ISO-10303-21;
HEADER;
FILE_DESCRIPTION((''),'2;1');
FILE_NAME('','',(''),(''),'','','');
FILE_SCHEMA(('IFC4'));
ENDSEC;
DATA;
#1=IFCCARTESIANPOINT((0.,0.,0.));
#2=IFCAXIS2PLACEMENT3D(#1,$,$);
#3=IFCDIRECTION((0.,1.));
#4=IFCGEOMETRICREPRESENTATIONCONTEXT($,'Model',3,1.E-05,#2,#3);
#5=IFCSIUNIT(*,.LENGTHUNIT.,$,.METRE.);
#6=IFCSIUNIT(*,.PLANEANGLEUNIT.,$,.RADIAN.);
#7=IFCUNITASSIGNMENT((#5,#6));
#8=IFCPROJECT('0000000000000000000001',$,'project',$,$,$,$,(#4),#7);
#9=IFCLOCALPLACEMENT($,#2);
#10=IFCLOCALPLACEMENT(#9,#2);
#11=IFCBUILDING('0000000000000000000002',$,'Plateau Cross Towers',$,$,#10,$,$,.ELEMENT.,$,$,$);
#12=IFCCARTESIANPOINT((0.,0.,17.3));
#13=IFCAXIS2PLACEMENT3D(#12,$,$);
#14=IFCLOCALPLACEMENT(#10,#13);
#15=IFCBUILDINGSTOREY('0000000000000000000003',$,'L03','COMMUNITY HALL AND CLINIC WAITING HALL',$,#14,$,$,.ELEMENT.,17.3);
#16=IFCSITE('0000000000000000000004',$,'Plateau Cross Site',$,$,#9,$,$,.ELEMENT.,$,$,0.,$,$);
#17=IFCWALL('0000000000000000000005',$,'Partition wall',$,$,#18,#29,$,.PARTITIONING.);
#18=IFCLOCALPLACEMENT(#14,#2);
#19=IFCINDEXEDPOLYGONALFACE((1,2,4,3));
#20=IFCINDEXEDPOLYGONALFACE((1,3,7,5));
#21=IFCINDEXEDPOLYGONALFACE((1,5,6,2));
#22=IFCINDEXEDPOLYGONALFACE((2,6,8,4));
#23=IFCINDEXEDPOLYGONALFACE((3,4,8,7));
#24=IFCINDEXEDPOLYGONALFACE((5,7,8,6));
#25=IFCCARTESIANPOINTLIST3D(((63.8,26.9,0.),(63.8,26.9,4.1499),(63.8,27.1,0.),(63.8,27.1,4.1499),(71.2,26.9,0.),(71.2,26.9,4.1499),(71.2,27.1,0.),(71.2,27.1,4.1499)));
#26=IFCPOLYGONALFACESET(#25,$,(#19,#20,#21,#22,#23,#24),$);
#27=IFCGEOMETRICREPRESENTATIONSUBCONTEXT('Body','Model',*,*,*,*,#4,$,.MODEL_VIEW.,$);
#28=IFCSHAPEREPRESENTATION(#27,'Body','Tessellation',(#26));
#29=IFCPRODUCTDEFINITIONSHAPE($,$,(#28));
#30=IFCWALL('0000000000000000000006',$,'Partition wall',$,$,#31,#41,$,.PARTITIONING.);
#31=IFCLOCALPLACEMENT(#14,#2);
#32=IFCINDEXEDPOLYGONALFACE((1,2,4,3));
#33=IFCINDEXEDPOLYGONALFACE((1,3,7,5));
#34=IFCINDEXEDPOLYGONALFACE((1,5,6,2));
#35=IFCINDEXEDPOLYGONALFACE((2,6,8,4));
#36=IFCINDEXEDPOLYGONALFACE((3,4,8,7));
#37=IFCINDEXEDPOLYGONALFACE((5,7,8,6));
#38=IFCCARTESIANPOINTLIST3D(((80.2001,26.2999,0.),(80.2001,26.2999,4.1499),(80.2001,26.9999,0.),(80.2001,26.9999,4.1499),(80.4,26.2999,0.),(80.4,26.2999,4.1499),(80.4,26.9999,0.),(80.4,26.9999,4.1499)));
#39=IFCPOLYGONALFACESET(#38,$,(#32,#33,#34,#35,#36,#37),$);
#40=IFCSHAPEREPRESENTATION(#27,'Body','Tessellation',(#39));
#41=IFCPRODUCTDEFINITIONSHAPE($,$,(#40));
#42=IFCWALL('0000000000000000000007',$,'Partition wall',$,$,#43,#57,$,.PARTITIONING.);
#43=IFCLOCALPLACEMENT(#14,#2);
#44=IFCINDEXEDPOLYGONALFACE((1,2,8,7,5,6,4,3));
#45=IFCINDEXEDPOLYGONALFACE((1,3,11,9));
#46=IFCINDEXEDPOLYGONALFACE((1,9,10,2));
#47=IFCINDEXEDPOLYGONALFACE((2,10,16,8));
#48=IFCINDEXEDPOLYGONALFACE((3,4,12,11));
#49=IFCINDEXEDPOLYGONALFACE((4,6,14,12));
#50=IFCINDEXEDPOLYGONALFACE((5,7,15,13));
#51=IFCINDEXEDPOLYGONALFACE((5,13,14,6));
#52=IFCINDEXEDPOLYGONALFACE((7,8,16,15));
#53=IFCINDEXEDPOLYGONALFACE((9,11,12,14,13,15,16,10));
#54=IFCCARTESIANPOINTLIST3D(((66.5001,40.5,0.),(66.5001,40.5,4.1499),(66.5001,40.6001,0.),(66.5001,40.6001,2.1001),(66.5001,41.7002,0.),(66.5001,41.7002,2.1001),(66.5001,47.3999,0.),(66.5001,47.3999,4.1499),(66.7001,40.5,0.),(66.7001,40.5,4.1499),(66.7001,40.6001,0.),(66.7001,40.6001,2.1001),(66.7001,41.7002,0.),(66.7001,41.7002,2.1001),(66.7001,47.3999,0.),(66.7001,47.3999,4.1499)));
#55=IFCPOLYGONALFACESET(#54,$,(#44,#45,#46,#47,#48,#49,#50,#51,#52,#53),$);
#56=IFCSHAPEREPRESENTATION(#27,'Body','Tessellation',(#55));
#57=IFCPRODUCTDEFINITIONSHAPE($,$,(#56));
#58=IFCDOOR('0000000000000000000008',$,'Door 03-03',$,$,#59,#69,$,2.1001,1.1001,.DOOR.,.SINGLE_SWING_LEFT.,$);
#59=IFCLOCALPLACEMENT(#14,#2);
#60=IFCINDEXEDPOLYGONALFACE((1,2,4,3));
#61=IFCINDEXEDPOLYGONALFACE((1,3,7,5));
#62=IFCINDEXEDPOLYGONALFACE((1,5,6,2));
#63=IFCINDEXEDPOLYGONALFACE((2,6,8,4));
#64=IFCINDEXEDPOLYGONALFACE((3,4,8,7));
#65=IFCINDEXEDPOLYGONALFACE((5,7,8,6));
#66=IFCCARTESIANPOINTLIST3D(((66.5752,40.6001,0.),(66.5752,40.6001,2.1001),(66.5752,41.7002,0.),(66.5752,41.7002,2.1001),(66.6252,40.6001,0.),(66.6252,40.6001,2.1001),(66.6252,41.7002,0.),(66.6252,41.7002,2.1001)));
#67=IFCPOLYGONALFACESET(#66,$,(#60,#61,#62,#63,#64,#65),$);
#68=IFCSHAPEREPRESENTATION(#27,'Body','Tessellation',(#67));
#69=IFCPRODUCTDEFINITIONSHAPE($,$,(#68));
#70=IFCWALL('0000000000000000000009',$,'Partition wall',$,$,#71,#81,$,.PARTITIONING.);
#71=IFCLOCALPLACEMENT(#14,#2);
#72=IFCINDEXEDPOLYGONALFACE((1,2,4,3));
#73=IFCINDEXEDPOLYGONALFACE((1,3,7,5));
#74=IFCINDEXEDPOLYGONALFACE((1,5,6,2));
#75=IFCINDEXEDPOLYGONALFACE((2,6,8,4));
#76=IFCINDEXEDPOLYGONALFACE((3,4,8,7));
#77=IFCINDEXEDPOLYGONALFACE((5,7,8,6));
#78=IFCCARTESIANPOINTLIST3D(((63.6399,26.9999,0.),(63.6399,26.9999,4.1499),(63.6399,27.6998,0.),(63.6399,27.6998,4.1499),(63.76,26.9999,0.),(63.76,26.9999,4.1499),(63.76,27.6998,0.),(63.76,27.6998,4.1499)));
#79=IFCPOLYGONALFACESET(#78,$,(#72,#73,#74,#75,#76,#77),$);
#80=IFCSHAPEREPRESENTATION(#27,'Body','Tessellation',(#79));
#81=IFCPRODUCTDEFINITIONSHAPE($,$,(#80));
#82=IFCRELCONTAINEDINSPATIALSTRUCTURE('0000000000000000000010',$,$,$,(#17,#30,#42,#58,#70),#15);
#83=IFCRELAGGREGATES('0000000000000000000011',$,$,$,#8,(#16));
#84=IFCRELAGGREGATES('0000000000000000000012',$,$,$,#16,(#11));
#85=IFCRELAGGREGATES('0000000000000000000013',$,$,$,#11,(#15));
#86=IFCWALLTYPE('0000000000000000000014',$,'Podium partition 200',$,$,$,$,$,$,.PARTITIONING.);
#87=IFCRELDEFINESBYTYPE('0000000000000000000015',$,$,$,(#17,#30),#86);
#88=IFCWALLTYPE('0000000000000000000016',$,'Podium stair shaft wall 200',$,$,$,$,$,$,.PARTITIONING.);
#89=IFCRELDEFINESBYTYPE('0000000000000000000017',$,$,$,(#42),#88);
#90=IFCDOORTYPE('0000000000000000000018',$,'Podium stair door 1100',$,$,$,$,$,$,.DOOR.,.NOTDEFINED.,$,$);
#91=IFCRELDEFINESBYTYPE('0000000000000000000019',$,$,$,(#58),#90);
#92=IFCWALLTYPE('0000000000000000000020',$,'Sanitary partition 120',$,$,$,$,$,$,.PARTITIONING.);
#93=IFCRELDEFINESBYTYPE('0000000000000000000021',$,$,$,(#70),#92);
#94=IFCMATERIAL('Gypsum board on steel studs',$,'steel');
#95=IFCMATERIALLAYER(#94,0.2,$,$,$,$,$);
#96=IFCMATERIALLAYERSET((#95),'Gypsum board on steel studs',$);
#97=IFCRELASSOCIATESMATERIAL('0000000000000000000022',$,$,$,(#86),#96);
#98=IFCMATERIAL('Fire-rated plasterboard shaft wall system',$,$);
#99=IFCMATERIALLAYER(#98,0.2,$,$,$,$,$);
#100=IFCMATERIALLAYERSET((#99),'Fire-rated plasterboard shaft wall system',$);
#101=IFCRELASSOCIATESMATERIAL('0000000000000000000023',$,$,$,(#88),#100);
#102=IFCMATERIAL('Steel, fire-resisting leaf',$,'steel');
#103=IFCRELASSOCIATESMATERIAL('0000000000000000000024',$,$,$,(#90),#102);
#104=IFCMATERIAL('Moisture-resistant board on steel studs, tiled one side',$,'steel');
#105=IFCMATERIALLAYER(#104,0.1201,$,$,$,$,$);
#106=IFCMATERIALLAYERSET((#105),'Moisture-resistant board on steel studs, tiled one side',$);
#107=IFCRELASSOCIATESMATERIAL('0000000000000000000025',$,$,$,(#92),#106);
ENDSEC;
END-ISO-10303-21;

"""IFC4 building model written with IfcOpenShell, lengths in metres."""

from ifc_helpers import new_model, si_unit, direction, frame, frame_2d, origin, place, context, subcontext, project, spatial, rectangle, extrude, material, layer, layer_set, type_object, element, fill, save


model = new_model("IFC4")

# Units and contexts
model_context = context("Model", 3, precision=1e-05, world=origin(), true_north=direction((0.0, 1.0)))
body_context = subcontext(model_context, "Body", "Model", "MODEL_VIEW")
ifc_project = project(units=[si_unit("LENGTHUNIT", "METRE"), si_unit("PLANEANGLEUNIT", "RADIAN")], contexts=[model_context])

# Site, building, storey
site_placement = place(None, origin())
site = spatial("IfcSite", under=ifc_project, at=site_placement, Name="Plateau Cross Site", CompositionType="ELEMENT", RefElevation=0.0)
building_placement = place(site_placement, origin())
building = spatial("IfcBuilding", under=site, at=building_placement, Name="Plateau Cross Towers", CompositionType="ELEMENT")
storey_placement = place(building_placement, frame((0.0, 0.0, 17.3)))
storey = spatial("IfcBuildingStorey", under=building, at=storey_placement, Name="L03", Description="COMMUNITY HALL AND CLINIC WAITING HALL", CompositionType="ELEMENT", Elevation=17.3)

# Shared definitions
ifc_material_1 = material(Name="Gypsum board on steel studs", Category="steel")
ifc_layer_1 = layer(ifc_material_1, 0.2)
ifc_layer_set_1 = layer_set([ifc_layer_1], Name="Gypsum board on steel studs")
wall_type_1 = type_object("IfcWallType", Name="Podium partition 200", PredefinedType="PARTITIONING", material=ifc_layer_set_1)

# Walls
wall_1_placement = place(storey_placement, frame((63.8, 27.0, 0.0), z_axis=(0.0, 0.0, 1.0), x_axis=(1.0, 0.0, 0.0)))
element("IfcWall", 1, at=wall_1_placement, inside=storey, type_object=wall_type_1, Name="Partition wall", PredefinedType="PARTITIONING", context=body_context, shape_type="SweptSolid", body=[
    extrude(rectangle(XDim=7.3999, YDim=0.2, at=frame_2d((3.7, 0.0))), origin(), (0.0, 0.0, 1.0), 4.1499),
])
wall_2_placement = place(storey_placement, frame((80.3, 27.0, 0.0), z_axis=(0.0, 0.0, 1.0), x_axis=(0.0, -1.0, 0.0)))
element("IfcWall", 2, at=wall_2_placement, inside=storey, type_object=wall_type_1, Name="Partition wall", PredefinedType="PARTITIONING", context=body_context, shape_type="SweptSolid", body=[
    extrude(rectangle(XDim=0.7, YDim=0.2, at=frame_2d((0.3501, 0.0))), origin(), (0.0, 0.0, 1.0), 4.1499),
])

# Wall, opening, door
ifc_material_2 = material(Name="Fire-rated plasterboard shaft wall system")
ifc_layer_2 = layer(ifc_material_2, 0.2)
ifc_layer_set_2 = layer_set([ifc_layer_2], Name="Fire-rated plasterboard shaft wall system")
wall_type_2 = type_object("IfcWallType", Name="Podium stair shaft wall 200", PredefinedType="PARTITIONING", material=ifc_layer_set_2)
wall_3_placement = place(storey_placement, frame((66.6001, 40.5, 0.0), z_axis=(0.0, 0.0, 1.0), x_axis=(0.0, 1.0, 0.0)))
wall_3 = element("IfcWall", 3, at=wall_3_placement, inside=storey, type_object=wall_type_2, Name="Partition wall", PredefinedType="PARTITIONING", context=body_context, shape_type="SweptSolid", body=[
    extrude(rectangle(XDim=6.8999, YDim=0.2, at=frame_2d((3.45, 0.0))), origin(), (0.0, 0.0, 1.0), 4.1499),
])
opening_1_placement = place(wall_3_placement, frame((0.1001, 0.0, 0.0)))
opening_1 = element("IfcOpeningElement", 4, at=opening_1_placement, cuts=wall_3, PredefinedType="OPENING", context=body_context, shape_type="SweptSolid", body=[
    extrude(rectangle(XDim=1.1001, YDim=2.1001, at=frame_2d((0.55, 1.05))), frame((0.0, 0.1099, 0.0), z_axis=(0.0, -1.0, 0.0), x_axis=(1.0, 0.0, 0.0)), (0.0, 0.0, 1.0), 0.22),
])
ifc_material_3 = material(Name="Steel, fire-resisting leaf", Category="steel")
door_type_1 = type_object("IfcDoorType", Name="Podium stair door 1100", OperationType="NOTDEFINED", PredefinedType="DOOR", material=ifc_material_3)
door_1_placement = place(opening_1_placement, origin())
door_1 = element("IfcDoor", 5, at=door_1_placement, inside=storey, type_object=door_type_1, Name="Door 03-03", OperationType="SINGLE_SWING_LEFT", OverallHeight=2.1001, OverallWidth=1.1001, PredefinedType="DOOR", context=body_context, shape_type="SweptSolid", body=[
    extrude(rectangle(XDim=1.1001, YDim=2.1001, at=frame_2d((0.55, 1.05))), frame((0.0, 0.0249, 0.0), z_axis=(0.0, -1.0, 0.0), x_axis=(1.0, 0.0, 0.0)), (0.0, 0.0, 1.0), 0.05),
])
fill(opening_1, door_1)

# Wall
ifc_material_4 = material(Name="Moisture-resistant board on steel studs, tiled one side", Category="steel")
ifc_layer_3 = layer(ifc_material_4, 0.1201)
ifc_layer_set_3 = layer_set([ifc_layer_3], Name="Moisture-resistant board on steel studs, tiled one side")
wall_type_3 = type_object("IfcWallType", Name="Sanitary partition 120", PredefinedType="PARTITIONING", material=ifc_layer_set_3)
wall_4_placement = place(storey_placement, frame((63.7, 27.7, 0.0), z_axis=(0.0, 0.0, 1.0), x_axis=(0.0, -1.0, 0.0)))
element("IfcWall", 6, at=wall_4_placement, inside=storey, type_object=wall_type_3, Name="Partition wall", PredefinedType="PARTITIONING", context=body_context, shape_type="SweptSolid", body=[
    extrude(rectangle(XDim=0.7, YDim=0.1201, at=frame_2d((0.3501, 0.0))), origin(), (0.0, 0.0, 1.0), 4.1499),
])

save(model, "model.ifc")
